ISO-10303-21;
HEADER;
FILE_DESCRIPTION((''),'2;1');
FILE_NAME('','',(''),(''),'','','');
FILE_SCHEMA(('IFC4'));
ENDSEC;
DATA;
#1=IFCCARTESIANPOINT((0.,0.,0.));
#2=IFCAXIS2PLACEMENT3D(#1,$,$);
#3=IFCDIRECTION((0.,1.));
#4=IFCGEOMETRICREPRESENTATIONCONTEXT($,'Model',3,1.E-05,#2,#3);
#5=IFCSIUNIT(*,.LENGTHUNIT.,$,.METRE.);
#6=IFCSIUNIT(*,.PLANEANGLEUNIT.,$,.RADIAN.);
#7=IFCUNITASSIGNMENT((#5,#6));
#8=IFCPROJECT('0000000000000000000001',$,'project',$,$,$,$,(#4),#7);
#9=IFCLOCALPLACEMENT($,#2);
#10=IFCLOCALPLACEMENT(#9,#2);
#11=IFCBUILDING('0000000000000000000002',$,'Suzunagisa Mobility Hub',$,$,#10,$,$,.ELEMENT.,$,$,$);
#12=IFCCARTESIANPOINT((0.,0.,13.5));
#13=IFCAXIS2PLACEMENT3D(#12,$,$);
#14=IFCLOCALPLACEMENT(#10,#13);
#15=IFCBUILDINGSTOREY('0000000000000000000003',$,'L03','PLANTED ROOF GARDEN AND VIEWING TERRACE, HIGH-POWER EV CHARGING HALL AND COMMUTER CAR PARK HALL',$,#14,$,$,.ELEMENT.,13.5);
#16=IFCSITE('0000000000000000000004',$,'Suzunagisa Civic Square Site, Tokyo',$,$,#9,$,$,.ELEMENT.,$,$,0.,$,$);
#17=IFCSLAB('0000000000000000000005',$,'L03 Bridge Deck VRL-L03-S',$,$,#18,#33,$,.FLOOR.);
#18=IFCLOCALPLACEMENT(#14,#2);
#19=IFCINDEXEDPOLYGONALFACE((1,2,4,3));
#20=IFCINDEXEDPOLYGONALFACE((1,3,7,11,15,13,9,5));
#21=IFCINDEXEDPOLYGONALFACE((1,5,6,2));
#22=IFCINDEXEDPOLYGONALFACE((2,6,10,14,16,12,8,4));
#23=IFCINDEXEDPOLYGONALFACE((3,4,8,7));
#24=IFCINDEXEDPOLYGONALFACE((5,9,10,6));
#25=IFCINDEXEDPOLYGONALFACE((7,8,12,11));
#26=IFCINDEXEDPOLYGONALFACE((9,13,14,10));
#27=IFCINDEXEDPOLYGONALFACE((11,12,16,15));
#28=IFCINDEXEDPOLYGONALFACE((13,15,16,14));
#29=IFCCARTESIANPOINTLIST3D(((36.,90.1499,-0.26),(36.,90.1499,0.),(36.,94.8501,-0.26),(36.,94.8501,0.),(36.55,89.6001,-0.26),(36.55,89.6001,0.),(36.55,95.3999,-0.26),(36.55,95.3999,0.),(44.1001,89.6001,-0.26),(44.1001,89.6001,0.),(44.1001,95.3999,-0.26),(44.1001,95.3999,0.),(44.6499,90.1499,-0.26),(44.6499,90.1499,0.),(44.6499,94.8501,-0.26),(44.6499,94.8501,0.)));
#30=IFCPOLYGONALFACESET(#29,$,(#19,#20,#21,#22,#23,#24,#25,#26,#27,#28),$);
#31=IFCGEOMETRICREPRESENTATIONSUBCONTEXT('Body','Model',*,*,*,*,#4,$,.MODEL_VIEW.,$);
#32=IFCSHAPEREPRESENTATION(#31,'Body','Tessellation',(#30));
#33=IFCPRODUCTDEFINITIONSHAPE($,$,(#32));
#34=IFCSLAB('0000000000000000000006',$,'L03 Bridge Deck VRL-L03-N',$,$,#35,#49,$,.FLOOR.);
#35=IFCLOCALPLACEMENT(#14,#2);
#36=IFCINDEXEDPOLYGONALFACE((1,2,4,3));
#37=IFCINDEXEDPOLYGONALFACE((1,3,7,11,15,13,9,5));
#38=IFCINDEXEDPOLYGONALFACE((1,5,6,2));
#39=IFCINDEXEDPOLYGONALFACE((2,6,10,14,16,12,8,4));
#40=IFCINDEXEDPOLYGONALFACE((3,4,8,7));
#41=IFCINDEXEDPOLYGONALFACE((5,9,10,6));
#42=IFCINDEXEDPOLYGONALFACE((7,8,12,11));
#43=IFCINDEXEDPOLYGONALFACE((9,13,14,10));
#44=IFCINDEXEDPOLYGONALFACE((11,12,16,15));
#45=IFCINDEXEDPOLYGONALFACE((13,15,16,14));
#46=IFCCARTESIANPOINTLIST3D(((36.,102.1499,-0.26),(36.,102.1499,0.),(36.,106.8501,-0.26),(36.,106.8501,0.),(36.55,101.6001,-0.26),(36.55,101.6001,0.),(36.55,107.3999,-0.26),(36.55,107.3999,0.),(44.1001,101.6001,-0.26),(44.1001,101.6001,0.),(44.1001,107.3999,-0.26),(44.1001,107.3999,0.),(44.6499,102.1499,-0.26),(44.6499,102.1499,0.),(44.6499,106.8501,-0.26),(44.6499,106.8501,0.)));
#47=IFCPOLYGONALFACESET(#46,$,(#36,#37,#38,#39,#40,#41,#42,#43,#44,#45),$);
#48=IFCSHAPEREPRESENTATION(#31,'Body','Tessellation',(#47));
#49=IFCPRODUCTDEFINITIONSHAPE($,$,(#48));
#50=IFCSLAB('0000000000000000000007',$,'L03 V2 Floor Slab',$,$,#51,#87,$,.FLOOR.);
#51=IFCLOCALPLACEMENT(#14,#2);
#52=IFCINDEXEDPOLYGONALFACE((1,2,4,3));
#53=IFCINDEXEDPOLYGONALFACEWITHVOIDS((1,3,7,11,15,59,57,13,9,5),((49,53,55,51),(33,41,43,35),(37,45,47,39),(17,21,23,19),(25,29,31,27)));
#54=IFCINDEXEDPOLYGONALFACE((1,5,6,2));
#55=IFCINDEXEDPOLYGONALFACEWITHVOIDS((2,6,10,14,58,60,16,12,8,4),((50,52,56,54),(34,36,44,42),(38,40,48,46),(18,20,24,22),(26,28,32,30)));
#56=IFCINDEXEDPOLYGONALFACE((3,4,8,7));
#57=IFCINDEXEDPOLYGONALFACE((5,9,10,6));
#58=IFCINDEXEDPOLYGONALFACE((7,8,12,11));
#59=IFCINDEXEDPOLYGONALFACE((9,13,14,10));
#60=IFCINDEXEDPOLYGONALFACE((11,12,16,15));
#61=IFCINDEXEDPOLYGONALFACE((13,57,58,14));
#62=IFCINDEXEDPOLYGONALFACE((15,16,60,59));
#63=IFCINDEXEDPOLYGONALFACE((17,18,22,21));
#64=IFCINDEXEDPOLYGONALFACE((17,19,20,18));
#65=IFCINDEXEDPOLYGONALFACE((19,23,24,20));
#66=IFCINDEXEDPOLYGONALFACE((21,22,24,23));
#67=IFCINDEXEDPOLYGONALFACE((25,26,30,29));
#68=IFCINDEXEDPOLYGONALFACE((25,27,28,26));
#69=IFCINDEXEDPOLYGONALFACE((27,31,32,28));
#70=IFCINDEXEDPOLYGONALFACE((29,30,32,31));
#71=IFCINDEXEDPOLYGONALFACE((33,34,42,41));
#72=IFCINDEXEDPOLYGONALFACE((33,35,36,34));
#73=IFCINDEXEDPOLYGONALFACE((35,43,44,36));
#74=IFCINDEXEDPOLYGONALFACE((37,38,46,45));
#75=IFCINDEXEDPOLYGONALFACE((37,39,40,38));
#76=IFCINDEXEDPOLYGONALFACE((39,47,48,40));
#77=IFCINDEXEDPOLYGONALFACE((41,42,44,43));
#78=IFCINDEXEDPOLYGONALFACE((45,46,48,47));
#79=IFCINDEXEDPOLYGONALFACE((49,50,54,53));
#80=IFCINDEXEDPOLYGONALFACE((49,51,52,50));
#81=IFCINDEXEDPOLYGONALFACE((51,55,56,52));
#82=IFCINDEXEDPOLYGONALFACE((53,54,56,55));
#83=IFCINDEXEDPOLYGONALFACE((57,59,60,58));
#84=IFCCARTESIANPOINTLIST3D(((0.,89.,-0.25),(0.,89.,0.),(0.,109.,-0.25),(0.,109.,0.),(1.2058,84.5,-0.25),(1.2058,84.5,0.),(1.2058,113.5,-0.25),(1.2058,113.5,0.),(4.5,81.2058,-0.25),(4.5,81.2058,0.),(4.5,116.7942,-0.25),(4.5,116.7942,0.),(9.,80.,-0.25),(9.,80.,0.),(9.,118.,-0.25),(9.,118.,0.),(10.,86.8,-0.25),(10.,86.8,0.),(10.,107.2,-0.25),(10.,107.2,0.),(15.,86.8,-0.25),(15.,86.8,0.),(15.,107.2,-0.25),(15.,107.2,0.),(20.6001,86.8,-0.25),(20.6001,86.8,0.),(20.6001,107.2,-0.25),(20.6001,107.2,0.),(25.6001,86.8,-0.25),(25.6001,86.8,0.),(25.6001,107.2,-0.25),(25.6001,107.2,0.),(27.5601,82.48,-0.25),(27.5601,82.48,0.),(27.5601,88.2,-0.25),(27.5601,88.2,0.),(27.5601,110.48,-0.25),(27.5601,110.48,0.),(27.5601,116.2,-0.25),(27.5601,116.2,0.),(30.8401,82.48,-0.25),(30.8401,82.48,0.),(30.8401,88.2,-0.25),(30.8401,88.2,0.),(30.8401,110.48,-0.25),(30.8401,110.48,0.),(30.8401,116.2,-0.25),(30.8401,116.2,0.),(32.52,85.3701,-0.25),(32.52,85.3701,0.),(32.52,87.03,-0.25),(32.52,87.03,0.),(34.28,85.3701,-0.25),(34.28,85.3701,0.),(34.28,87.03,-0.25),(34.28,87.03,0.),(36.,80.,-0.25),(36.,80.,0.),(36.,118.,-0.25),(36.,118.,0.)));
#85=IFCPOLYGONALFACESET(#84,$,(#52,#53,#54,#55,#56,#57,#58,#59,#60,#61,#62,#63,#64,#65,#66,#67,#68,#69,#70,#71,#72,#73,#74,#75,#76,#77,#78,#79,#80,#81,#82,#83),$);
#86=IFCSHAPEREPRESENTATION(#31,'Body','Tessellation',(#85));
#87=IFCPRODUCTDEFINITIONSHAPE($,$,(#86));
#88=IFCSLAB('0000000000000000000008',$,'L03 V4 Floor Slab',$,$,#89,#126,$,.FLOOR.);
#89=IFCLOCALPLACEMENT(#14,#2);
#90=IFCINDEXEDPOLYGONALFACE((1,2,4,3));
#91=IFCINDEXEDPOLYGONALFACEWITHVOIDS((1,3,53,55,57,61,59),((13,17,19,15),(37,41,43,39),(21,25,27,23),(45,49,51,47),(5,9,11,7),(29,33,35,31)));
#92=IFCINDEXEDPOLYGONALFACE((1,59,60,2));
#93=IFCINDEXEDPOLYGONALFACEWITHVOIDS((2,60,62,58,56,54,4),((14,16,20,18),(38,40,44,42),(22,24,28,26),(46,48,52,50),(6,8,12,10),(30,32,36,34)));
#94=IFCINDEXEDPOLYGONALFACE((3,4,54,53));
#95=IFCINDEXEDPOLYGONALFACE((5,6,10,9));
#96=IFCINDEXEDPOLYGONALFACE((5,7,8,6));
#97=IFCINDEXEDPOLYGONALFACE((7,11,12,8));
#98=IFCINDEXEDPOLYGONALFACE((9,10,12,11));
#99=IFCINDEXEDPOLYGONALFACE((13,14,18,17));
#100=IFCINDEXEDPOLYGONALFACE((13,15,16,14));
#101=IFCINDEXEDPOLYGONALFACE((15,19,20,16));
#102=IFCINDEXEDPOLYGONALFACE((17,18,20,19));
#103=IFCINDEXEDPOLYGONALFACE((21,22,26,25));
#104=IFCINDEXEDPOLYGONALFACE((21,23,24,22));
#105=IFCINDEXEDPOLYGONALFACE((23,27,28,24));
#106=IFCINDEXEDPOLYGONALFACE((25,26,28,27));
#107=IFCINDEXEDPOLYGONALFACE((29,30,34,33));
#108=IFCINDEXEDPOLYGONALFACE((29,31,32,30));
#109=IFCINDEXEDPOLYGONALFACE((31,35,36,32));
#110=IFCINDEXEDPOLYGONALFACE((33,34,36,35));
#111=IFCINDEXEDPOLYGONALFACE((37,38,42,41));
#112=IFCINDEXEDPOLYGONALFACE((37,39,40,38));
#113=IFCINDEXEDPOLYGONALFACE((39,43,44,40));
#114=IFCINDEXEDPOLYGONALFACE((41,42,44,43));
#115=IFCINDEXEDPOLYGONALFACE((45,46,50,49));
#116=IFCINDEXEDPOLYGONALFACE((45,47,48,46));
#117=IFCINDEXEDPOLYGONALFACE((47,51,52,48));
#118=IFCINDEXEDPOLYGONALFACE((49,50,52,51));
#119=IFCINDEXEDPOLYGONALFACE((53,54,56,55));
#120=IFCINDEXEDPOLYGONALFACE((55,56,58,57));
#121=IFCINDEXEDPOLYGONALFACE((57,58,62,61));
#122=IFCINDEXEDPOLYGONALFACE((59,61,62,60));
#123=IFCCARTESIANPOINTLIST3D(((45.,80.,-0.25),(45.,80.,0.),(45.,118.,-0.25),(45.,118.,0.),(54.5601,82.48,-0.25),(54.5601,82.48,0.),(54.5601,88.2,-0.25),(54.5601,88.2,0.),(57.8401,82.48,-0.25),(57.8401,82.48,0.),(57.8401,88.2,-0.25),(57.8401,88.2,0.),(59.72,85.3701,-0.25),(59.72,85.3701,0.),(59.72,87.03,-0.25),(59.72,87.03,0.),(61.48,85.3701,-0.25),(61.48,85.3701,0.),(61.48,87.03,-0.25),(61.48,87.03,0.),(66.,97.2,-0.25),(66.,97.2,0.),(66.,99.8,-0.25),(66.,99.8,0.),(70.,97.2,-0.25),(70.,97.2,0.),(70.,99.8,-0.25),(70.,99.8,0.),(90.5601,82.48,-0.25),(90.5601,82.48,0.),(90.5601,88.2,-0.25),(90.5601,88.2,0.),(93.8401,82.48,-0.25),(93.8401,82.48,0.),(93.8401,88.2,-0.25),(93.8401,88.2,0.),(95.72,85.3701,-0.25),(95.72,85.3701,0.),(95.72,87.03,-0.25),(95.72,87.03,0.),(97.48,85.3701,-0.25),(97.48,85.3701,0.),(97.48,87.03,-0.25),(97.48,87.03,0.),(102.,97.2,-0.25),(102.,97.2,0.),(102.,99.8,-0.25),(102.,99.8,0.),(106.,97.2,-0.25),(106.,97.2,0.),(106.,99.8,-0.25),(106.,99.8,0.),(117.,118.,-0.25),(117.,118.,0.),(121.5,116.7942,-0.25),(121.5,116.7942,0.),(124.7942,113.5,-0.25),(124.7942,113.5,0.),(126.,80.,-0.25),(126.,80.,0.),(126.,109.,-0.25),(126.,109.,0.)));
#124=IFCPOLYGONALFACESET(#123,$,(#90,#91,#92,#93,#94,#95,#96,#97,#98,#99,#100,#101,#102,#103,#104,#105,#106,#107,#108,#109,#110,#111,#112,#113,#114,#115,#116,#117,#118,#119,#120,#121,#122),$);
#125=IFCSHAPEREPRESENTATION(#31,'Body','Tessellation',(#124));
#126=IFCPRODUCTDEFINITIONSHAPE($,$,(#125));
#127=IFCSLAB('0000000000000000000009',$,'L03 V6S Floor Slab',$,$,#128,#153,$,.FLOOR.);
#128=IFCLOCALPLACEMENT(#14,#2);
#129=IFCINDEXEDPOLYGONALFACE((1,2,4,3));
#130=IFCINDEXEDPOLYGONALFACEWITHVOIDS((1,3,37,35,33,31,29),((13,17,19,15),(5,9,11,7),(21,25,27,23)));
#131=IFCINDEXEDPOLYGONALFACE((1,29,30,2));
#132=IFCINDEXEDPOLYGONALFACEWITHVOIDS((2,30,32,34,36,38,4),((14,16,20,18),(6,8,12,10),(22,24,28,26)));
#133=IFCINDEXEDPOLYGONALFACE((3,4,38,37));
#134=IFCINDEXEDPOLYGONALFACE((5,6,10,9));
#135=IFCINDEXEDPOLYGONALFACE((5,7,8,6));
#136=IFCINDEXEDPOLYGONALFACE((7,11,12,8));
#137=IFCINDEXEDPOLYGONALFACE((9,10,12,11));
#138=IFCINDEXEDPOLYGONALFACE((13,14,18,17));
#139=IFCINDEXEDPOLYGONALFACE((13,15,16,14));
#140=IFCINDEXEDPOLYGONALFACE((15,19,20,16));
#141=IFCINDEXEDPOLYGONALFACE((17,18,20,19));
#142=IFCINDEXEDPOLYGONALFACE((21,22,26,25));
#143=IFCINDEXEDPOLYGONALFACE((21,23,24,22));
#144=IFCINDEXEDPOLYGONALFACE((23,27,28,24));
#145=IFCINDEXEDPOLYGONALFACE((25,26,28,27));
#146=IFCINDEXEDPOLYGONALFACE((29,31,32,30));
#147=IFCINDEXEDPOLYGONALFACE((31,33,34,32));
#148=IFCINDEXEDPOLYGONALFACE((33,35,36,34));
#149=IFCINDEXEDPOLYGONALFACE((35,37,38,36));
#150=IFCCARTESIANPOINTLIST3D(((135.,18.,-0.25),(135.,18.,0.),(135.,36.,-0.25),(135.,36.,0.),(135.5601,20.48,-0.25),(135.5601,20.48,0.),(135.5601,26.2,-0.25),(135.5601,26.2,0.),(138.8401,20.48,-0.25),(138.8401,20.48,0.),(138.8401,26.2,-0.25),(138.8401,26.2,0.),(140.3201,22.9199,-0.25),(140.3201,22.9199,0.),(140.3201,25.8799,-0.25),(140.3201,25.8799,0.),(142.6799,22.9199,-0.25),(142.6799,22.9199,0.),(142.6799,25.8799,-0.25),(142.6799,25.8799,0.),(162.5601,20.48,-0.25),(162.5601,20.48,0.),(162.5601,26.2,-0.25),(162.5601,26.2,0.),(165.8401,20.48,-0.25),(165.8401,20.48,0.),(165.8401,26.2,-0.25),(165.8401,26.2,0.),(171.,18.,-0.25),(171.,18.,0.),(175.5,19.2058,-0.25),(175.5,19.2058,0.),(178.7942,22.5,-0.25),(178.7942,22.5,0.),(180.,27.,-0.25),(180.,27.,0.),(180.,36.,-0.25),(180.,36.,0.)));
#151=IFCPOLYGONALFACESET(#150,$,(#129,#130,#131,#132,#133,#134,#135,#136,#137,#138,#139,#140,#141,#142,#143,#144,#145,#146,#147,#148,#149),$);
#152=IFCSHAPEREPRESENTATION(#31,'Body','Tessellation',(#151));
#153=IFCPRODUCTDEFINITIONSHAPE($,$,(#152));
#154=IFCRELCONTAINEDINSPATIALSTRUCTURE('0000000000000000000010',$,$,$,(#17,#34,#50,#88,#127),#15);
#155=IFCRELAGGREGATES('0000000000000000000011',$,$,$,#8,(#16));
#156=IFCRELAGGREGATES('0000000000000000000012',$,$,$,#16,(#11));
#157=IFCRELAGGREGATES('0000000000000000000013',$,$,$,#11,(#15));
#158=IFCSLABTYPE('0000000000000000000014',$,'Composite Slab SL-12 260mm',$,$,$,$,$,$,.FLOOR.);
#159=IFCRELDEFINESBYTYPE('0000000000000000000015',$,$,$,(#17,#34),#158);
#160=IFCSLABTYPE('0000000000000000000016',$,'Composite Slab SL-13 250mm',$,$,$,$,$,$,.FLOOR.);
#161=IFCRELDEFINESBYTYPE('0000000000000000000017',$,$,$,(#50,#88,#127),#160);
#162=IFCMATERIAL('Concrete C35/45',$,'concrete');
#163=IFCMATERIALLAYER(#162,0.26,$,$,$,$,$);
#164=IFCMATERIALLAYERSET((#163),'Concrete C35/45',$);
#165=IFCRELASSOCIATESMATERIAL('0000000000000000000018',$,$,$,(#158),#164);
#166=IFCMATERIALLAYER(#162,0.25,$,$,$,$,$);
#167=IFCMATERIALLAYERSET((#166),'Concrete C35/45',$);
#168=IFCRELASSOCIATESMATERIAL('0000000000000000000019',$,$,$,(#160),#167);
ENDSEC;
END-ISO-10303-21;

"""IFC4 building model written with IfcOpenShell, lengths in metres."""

from ifc_helpers import new_model, si_unit, direction, frame, origin, place, context, subcontext, project, spatial, polyline, outline, extrude, material, layer, layer_set, type_object, element, save


model = new_model("IFC4")

# Units and contexts
model_context = context("Model", 3, precision=1e-05, world=origin(), true_north=direction((0.0, 1.0)))
body_context = subcontext(model_context, "Body", "Model", "MODEL_VIEW")
ifc_project = project(units=[si_unit("LENGTHUNIT", "METRE"), si_unit("PLANEANGLEUNIT", "RADIAN")], contexts=[model_context])

# Site, building, storey
site_placement = place(None, origin())
site = spatial("IfcSite", under=ifc_project, at=site_placement, Name="Suzunagisa Civic Square Site, Tokyo", CompositionType="ELEMENT", RefElevation=0.0)
building_placement = place(site_placement, origin())
building = spatial("IfcBuilding", under=site, at=building_placement, Name="Suzunagisa Mobility Hub", CompositionType="ELEMENT")
storey_placement = place(building_placement, frame((0.0, 0.0, 13.5)))
storey = spatial("IfcBuildingStorey", under=building, at=storey_placement, Name="L03", Description="PLANTED ROOF GARDEN AND VIEWING TERRACE, HIGH-POWER EV CHARGING HALL AND COMMUTER CAR PARK HALL", CompositionType="ELEMENT", Elevation=13.5)

# Slabs
ifc_material_1 = material(Name="Concrete C35/45", Category="concrete")
ifc_layer_1 = layer(ifc_material_1, 0.26)
ifc_layer_set_1 = layer_set([ifc_layer_1], Name="Concrete C35/45")
slab_type_1 = type_object("IfcSlabType", Name="Composite Slab SL-12 260mm", PredefinedType="FLOOR", material=ifc_layer_set_1)
slab_1_placement = place(storey_placement, frame((0.0, 0.0, -0.26)))
element("IfcSlab", 1, at=slab_1_placement, inside=storey, type_object=slab_type_1, Name="L03 Bridge Deck VRL-L03-S", PredefinedType="FLOOR", context=body_context, shape_type="SweptSolid", body=[
    extrude(outline(polyline([(36.55, 89.6001), (44.1001, 89.6001), (44.6499, 90.1499), (44.6499, 94.8501), (44.1001, 95.3999), (36.55, 95.3999), (36.0, 94.8501), (36.0, 90.1499), (36.55, 89.6001)])), origin(), (0.0, 0.0, 1.0), 0.26),
])
slab_2_placement = place(storey_placement, frame((0.0, 0.0, -0.26)))
element("IfcSlab", 2, at=slab_2_placement, inside=storey, type_object=slab_type_1, Name="L03 Bridge Deck VRL-L03-N", PredefinedType="FLOOR", context=body_context, shape_type="SweptSolid", body=[
    extrude(outline(polyline([(36.55, 101.6001), (44.1001, 101.6001), (44.6499, 102.1499), (44.6499, 106.8501), (44.1001, 107.3999), (36.55, 107.3999), (36.0, 106.8501), (36.0, 102.1499), (36.55, 101.6001)])), origin(), (0.0, 0.0, 1.0), 0.26),
])
ifc_layer_2 = layer(ifc_material_1, 0.25)
ifc_layer_set_2 = layer_set([ifc_layer_2], Name="Concrete C35/45")
slab_type_2 = type_object("IfcSlabType", Name="Composite Slab SL-13 250mm", PredefinedType="FLOOR", material=ifc_layer_set_2)
slab_3_placement = place(storey_placement, frame((0.0, 0.0, -0.25)))
element("IfcSlab", 3, at=slab_3_placement, inside=storey, type_object=slab_type_2, Name="L03 V2 Floor Slab", PredefinedType="FLOOR", context=body_context, shape_type="SweptSolid", body=[
    extrude(outline(polyline([(0.0, 89.0), (1.2058, 84.5), (4.5, 81.2058), (9.0, 80.0), (36.0, 80.0), (36.0, 118.0), (9.0, 118.0), (4.5, 116.7942), (1.2058, 113.5), (0.0, 109.0), (0.0, 89.0)]), holes=[polyline([(27.5601, 82.48), (30.8401, 82.48), (30.8401, 88.2), (27.5601, 88.2), (27.5601, 82.48)]), polyline([(32.52, 85.3701), (34.28, 85.3701), (34.28, 87.03), (32.52, 87.03), (32.52, 85.3701)]), polyline([(27.5601, 110.48), (30.8401, 110.48), (30.8401, 116.2), (27.5601, 116.2), (27.5601, 110.48)]), polyline([(10.0, 86.8), (15.0, 86.8), (15.0, 107.2), (10.0, 107.2), (10.0, 86.8)]), polyline([(20.6001, 86.8), (25.6001, 86.8), (25.6001, 107.2), (20.6001, 107.2), (20.6001, 86.8)])]), origin(), (0.0, 0.0, 1.0), 0.25),
])
slab_4_placement = place(storey_placement, frame((0.0, 0.0, -0.25)))
element("IfcSlab", 4, at=slab_4_placement, inside=storey, type_object=slab_type_2, Name="L03 V4 Floor Slab", PredefinedType="FLOOR", context=body_context, shape_type="SweptSolid", body=[
    extrude(outline(polyline([(45.0, 80.0), (126.0, 80.0), (126.0, 109.0), (124.7942, 113.5), (121.5, 116.7942), (117.0, 118.0), (45.0, 118.0), (45.0, 80.0)]), holes=[polyline([(66.0, 97.2), (70.0, 97.2), (70.0, 99.8), (66.0, 99.8), (66.0, 97.2)]), polyline([(102.0, 97.2), (106.0, 97.2), (106.0, 99.8), (102.0, 99.8), (102.0, 97.2)]), polyline([(54.5601, 82.48), (57.8401, 82.48), (57.8401, 88.2), (54.5601, 88.2), (54.5601, 82.48)]), polyline([(59.72, 85.3701), (61.48, 85.3701), (61.48, 87.03), (59.72, 87.03), (59.72, 85.3701)]), polyline([(90.5601, 82.48), (93.8401, 82.48), (93.8401, 88.2), (90.5601, 88.2), (90.5601, 82.48)]), polyline([(95.72, 85.3701), (97.48, 85.3701), (97.48, 87.03), (95.72, 87.03), (95.72, 85.3701)])]), origin(), (0.0, 0.0, 1.0), 0.25),
])
slab_5_placement = place(storey_placement, frame((0.0, 0.0, -0.25)))
element("IfcSlab", 5, at=slab_5_placement, inside=storey, type_object=slab_type_2, Name="L03 V6S Floor Slab", PredefinedType="FLOOR", context=body_context, shape_type="SweptSolid", body=[
    extrude(outline(polyline([(135.0, 18.0), (171.0, 18.0), (175.5, 19.2058), (178.7942, 22.5), (180.0, 27.0), (180.0, 36.0), (135.0, 36.0), (135.0, 18.0)]), holes=[polyline([(135.5601, 20.48), (138.8401, 20.48), (138.8401, 26.2), (135.5601, 26.2), (135.5601, 20.48)]), polyline([(140.3201, 22.9199), (142.6799, 22.9199), (142.6799, 25.8799), (140.3201, 25.8799), (140.3201, 22.9199)]), polyline([(162.5601, 20.48), (165.8401, 20.48), (165.8401, 26.2), (162.5601, 26.2), (162.5601, 20.48)])]), origin(), (0.0, 0.0, 1.0), 0.25),
])

save(model, "model.ifc")
